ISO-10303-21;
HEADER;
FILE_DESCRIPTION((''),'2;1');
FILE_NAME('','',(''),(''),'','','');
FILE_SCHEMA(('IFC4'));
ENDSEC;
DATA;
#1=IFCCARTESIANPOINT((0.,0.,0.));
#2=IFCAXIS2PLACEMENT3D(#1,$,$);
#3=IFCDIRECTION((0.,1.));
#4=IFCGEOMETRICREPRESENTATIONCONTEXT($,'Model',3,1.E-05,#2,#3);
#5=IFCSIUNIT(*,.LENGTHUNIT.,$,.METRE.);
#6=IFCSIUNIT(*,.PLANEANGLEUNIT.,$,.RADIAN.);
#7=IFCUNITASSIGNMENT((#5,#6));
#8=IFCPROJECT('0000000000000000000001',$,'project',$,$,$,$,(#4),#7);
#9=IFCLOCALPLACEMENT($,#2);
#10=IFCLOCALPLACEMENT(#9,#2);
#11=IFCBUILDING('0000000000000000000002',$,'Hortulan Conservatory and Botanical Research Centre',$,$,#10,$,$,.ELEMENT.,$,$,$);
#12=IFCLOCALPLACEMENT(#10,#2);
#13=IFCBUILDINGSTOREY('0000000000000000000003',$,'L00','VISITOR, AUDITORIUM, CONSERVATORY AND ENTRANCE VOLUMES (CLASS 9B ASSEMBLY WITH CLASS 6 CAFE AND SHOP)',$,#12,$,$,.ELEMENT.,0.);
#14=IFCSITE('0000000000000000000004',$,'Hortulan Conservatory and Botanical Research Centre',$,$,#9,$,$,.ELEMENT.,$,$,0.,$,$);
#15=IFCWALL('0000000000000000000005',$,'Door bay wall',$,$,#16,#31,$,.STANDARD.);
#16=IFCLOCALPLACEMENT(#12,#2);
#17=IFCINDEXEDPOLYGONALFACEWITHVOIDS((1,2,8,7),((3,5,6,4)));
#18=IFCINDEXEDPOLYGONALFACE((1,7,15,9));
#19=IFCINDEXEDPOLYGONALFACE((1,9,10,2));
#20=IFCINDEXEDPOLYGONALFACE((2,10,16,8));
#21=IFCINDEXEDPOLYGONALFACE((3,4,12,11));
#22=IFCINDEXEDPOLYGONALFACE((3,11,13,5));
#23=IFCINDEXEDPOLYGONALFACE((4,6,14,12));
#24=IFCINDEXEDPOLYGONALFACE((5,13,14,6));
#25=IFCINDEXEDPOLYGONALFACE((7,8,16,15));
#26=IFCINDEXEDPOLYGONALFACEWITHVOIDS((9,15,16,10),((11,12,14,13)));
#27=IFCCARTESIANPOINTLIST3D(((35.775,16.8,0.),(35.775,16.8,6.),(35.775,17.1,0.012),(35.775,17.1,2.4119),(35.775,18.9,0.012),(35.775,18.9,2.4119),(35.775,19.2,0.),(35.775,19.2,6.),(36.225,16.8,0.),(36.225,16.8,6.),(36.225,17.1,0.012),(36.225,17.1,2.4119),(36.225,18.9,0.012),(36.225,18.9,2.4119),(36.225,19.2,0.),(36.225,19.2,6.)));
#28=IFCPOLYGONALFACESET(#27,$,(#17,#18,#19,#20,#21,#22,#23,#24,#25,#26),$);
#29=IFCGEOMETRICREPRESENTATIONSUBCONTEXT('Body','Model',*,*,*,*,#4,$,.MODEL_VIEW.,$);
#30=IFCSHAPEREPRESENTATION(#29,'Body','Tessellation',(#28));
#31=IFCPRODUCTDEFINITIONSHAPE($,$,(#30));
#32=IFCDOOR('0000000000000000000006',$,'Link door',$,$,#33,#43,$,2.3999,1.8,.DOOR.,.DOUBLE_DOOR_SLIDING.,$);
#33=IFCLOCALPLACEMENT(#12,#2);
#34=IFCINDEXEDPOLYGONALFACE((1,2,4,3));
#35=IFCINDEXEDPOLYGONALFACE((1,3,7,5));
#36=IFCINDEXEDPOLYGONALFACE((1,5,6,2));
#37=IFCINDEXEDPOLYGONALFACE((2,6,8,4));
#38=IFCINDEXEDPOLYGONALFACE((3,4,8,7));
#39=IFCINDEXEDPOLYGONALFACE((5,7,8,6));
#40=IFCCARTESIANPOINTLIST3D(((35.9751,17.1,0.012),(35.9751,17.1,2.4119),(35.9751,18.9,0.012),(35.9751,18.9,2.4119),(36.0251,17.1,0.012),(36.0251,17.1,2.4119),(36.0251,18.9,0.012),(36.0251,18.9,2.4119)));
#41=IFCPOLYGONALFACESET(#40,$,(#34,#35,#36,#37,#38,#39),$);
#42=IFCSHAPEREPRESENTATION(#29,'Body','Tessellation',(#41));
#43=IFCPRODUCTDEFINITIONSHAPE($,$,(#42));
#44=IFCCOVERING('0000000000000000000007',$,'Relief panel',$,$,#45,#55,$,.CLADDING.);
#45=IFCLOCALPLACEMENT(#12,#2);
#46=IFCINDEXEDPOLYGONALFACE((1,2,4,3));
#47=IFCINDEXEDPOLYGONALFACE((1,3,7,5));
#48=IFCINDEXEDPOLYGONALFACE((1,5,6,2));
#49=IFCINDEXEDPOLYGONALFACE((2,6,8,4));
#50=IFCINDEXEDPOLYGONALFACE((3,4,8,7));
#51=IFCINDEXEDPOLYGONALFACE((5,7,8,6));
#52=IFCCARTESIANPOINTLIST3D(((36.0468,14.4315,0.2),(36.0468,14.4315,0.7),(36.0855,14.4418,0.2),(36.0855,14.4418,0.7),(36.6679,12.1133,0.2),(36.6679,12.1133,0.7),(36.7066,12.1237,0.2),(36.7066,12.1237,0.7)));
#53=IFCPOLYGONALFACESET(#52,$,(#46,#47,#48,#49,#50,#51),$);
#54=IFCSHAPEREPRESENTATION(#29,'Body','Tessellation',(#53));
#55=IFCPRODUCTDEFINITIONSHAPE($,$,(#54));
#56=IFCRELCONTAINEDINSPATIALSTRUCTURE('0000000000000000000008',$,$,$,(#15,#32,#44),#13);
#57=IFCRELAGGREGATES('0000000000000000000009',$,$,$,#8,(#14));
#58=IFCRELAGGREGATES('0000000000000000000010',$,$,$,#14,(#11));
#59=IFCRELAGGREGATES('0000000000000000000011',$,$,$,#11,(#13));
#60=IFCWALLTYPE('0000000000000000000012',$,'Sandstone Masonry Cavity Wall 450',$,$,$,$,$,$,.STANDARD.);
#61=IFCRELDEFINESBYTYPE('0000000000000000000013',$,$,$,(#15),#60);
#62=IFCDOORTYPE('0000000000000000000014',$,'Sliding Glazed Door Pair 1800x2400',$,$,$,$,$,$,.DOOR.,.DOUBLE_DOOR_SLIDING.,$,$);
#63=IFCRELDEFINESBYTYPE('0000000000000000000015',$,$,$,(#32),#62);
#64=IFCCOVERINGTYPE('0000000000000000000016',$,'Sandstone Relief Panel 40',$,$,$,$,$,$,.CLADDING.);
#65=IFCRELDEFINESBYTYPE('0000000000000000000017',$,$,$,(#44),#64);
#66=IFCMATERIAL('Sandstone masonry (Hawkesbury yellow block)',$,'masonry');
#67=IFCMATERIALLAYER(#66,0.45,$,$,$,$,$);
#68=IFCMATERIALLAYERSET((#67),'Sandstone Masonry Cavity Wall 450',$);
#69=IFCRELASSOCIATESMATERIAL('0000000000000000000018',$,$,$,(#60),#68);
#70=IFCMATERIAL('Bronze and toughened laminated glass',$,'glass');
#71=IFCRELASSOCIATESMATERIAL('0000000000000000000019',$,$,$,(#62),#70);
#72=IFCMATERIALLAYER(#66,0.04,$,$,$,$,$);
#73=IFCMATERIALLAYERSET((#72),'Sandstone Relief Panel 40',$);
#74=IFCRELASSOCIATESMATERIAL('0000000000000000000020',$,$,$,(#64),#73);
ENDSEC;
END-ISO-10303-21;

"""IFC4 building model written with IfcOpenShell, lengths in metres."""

from ifc_helpers import new_model, si_unit, direction, frame, frame_2d, origin, origin_2d, place, context, subcontext, project, spatial, rectangle, extrude, material, layer, layer_set, type_object, element, fill, save


model = new_model("IFC4")

# Units and contexts
model_context = context("Model", 3, precision=1e-05, world=origin(), true_north=direction((0.0, 1.0)))
body_context = subcontext(model_context, "Body", "Model", "MODEL_VIEW")
ifc_project = project(units=[si_unit("LENGTHUNIT", "METRE"), si_unit("PLANEANGLEUNIT", "RADIAN")], contexts=[model_context])

# Site, building, storey
site_placement = place(None, origin())
site = spatial("IfcSite", under=ifc_project, at=site_placement, Name="Hortulan Conservatory and Botanical Research Centre", CompositionType="ELEMENT", RefElevation=0.0)
building_placement = place(site_placement, origin())
building = spatial("IfcBuilding", under=site, at=building_placement, Name="Hortulan Conservatory and Botanical Research Centre", CompositionType="ELEMENT")
storey_placement = place(building_placement, origin())
storey = spatial("IfcBuildingStorey", under=building, at=storey_placement, Name="L00", Description="VISITOR, AUDITORIUM, CONSERVATORY AND ENTRANCE VOLUMES (CLASS 9B ASSEMBLY WITH CLASS 6 CAFE AND SHOP)", CompositionType="ELEMENT", Elevation=0.0)

# Wall, opening, door
ifc_material_1 = material(Name="Sandstone masonry (Hawkesbury yellow block)", Category="masonry")
ifc_layer_1 = layer(ifc_material_1, 0.45)
ifc_layer_set_1 = layer_set([ifc_layer_1], Name="Sandstone Masonry Cavity Wall 450")
wall_type = type_object("IfcWallType", Name="Sandstone Masonry Cavity Wall 450", PredefinedType="STANDARD", material=ifc_layer_set_1)
wall_placement = place(storey_placement, frame((36.0, 16.8, 0.0), z_axis=(0.0, 0.0, 1.0), x_axis=(0.0, 1.0, 0.0)))
wall = element("IfcWall", 1, at=wall_placement, inside=storey, type_object=wall_type, Name="Door bay wall", PredefinedType="STANDARD", context=body_context, shape_type="SweptSolid", body=[
    extrude(rectangle(XDim=2.3999, YDim=0.45, at=frame_2d((1.2, 0.0))), origin(), (0.0, 0.0, 1.0), 6.0),
])
opening_placement = place(wall_placement, frame((0.3, 0.0, 0.012)))
opening = element("IfcOpeningElement", 2, at=opening_placement, cuts=wall, PredefinedType="OPENING", context=body_context, shape_type="SweptSolid", body=[
    extrude(rectangle(XDim=1.8, YDim=2.3999, at=frame_2d((0.8999, 1.2))), frame((0.0, 0.2349, 0.0), z_axis=(0.0, -1.0, 0.0), x_axis=(1.0, 0.0, 0.0)), (0.0, 0.0, 1.0), 0.47),
])
ifc_material_2 = material(Name="Bronze and toughened laminated glass", Category="glass")
door_type = type_object("IfcDoorType", Name="Sliding Glazed Door Pair 1800x2400", OperationType="DOUBLE_DOOR_SLIDING", PredefinedType="DOOR", material=ifc_material_2)
door_placement = place(opening_placement, origin())
door = element("IfcDoor", 3, at=door_placement, inside=storey, type_object=door_type, Name="Link door", OperationType="DOUBLE_DOOR_SLIDING", OverallHeight=2.3999, OverallWidth=1.8, PredefinedType="DOOR", context=body_context, shape_type="SweptSolid", body=[
    extrude(rectangle(XDim=1.8, YDim=2.3999, at=frame_2d((0.8999, 1.2))), frame((0.0, 0.0249, 0.0), z_axis=(0.0, -1.0, 0.0), x_axis=(1.0, 0.0, 0.0)), (0.0, 0.0, 1.0), 0.05),
])
fill(opening, door)

# Covering
ifc_layer_2 = layer(ifc_material_1, 0.04)
ifc_layer_set_2 = layer_set([ifc_layer_2], Name="Sandstone Relief Panel 40")
covering_type = type_object("IfcCoveringType", Name="Sandstone Relief Panel 40", PredefinedType="CLADDING", material=ifc_layer_set_2)
covering_placement = place(storey_placement, frame((36.3767, 13.2776, 0.2), z_axis=(0.0, 0.0, 1.0), x_axis=(-0.258822, 0.965925, 0.0)))
element("IfcCovering", 4, at=covering_placement, inside=storey, type_object=covering_type, Name="Relief panel", PredefinedType="CLADDING", context=body_context, shape_type="SweptSolid", body=[
    extrude(rectangle(XDim=2.3999, YDim=0.04, at=origin_2d()), origin(), (0.0, 0.0, 1.0), 0.5),
])

save(model, "model.ifc")
